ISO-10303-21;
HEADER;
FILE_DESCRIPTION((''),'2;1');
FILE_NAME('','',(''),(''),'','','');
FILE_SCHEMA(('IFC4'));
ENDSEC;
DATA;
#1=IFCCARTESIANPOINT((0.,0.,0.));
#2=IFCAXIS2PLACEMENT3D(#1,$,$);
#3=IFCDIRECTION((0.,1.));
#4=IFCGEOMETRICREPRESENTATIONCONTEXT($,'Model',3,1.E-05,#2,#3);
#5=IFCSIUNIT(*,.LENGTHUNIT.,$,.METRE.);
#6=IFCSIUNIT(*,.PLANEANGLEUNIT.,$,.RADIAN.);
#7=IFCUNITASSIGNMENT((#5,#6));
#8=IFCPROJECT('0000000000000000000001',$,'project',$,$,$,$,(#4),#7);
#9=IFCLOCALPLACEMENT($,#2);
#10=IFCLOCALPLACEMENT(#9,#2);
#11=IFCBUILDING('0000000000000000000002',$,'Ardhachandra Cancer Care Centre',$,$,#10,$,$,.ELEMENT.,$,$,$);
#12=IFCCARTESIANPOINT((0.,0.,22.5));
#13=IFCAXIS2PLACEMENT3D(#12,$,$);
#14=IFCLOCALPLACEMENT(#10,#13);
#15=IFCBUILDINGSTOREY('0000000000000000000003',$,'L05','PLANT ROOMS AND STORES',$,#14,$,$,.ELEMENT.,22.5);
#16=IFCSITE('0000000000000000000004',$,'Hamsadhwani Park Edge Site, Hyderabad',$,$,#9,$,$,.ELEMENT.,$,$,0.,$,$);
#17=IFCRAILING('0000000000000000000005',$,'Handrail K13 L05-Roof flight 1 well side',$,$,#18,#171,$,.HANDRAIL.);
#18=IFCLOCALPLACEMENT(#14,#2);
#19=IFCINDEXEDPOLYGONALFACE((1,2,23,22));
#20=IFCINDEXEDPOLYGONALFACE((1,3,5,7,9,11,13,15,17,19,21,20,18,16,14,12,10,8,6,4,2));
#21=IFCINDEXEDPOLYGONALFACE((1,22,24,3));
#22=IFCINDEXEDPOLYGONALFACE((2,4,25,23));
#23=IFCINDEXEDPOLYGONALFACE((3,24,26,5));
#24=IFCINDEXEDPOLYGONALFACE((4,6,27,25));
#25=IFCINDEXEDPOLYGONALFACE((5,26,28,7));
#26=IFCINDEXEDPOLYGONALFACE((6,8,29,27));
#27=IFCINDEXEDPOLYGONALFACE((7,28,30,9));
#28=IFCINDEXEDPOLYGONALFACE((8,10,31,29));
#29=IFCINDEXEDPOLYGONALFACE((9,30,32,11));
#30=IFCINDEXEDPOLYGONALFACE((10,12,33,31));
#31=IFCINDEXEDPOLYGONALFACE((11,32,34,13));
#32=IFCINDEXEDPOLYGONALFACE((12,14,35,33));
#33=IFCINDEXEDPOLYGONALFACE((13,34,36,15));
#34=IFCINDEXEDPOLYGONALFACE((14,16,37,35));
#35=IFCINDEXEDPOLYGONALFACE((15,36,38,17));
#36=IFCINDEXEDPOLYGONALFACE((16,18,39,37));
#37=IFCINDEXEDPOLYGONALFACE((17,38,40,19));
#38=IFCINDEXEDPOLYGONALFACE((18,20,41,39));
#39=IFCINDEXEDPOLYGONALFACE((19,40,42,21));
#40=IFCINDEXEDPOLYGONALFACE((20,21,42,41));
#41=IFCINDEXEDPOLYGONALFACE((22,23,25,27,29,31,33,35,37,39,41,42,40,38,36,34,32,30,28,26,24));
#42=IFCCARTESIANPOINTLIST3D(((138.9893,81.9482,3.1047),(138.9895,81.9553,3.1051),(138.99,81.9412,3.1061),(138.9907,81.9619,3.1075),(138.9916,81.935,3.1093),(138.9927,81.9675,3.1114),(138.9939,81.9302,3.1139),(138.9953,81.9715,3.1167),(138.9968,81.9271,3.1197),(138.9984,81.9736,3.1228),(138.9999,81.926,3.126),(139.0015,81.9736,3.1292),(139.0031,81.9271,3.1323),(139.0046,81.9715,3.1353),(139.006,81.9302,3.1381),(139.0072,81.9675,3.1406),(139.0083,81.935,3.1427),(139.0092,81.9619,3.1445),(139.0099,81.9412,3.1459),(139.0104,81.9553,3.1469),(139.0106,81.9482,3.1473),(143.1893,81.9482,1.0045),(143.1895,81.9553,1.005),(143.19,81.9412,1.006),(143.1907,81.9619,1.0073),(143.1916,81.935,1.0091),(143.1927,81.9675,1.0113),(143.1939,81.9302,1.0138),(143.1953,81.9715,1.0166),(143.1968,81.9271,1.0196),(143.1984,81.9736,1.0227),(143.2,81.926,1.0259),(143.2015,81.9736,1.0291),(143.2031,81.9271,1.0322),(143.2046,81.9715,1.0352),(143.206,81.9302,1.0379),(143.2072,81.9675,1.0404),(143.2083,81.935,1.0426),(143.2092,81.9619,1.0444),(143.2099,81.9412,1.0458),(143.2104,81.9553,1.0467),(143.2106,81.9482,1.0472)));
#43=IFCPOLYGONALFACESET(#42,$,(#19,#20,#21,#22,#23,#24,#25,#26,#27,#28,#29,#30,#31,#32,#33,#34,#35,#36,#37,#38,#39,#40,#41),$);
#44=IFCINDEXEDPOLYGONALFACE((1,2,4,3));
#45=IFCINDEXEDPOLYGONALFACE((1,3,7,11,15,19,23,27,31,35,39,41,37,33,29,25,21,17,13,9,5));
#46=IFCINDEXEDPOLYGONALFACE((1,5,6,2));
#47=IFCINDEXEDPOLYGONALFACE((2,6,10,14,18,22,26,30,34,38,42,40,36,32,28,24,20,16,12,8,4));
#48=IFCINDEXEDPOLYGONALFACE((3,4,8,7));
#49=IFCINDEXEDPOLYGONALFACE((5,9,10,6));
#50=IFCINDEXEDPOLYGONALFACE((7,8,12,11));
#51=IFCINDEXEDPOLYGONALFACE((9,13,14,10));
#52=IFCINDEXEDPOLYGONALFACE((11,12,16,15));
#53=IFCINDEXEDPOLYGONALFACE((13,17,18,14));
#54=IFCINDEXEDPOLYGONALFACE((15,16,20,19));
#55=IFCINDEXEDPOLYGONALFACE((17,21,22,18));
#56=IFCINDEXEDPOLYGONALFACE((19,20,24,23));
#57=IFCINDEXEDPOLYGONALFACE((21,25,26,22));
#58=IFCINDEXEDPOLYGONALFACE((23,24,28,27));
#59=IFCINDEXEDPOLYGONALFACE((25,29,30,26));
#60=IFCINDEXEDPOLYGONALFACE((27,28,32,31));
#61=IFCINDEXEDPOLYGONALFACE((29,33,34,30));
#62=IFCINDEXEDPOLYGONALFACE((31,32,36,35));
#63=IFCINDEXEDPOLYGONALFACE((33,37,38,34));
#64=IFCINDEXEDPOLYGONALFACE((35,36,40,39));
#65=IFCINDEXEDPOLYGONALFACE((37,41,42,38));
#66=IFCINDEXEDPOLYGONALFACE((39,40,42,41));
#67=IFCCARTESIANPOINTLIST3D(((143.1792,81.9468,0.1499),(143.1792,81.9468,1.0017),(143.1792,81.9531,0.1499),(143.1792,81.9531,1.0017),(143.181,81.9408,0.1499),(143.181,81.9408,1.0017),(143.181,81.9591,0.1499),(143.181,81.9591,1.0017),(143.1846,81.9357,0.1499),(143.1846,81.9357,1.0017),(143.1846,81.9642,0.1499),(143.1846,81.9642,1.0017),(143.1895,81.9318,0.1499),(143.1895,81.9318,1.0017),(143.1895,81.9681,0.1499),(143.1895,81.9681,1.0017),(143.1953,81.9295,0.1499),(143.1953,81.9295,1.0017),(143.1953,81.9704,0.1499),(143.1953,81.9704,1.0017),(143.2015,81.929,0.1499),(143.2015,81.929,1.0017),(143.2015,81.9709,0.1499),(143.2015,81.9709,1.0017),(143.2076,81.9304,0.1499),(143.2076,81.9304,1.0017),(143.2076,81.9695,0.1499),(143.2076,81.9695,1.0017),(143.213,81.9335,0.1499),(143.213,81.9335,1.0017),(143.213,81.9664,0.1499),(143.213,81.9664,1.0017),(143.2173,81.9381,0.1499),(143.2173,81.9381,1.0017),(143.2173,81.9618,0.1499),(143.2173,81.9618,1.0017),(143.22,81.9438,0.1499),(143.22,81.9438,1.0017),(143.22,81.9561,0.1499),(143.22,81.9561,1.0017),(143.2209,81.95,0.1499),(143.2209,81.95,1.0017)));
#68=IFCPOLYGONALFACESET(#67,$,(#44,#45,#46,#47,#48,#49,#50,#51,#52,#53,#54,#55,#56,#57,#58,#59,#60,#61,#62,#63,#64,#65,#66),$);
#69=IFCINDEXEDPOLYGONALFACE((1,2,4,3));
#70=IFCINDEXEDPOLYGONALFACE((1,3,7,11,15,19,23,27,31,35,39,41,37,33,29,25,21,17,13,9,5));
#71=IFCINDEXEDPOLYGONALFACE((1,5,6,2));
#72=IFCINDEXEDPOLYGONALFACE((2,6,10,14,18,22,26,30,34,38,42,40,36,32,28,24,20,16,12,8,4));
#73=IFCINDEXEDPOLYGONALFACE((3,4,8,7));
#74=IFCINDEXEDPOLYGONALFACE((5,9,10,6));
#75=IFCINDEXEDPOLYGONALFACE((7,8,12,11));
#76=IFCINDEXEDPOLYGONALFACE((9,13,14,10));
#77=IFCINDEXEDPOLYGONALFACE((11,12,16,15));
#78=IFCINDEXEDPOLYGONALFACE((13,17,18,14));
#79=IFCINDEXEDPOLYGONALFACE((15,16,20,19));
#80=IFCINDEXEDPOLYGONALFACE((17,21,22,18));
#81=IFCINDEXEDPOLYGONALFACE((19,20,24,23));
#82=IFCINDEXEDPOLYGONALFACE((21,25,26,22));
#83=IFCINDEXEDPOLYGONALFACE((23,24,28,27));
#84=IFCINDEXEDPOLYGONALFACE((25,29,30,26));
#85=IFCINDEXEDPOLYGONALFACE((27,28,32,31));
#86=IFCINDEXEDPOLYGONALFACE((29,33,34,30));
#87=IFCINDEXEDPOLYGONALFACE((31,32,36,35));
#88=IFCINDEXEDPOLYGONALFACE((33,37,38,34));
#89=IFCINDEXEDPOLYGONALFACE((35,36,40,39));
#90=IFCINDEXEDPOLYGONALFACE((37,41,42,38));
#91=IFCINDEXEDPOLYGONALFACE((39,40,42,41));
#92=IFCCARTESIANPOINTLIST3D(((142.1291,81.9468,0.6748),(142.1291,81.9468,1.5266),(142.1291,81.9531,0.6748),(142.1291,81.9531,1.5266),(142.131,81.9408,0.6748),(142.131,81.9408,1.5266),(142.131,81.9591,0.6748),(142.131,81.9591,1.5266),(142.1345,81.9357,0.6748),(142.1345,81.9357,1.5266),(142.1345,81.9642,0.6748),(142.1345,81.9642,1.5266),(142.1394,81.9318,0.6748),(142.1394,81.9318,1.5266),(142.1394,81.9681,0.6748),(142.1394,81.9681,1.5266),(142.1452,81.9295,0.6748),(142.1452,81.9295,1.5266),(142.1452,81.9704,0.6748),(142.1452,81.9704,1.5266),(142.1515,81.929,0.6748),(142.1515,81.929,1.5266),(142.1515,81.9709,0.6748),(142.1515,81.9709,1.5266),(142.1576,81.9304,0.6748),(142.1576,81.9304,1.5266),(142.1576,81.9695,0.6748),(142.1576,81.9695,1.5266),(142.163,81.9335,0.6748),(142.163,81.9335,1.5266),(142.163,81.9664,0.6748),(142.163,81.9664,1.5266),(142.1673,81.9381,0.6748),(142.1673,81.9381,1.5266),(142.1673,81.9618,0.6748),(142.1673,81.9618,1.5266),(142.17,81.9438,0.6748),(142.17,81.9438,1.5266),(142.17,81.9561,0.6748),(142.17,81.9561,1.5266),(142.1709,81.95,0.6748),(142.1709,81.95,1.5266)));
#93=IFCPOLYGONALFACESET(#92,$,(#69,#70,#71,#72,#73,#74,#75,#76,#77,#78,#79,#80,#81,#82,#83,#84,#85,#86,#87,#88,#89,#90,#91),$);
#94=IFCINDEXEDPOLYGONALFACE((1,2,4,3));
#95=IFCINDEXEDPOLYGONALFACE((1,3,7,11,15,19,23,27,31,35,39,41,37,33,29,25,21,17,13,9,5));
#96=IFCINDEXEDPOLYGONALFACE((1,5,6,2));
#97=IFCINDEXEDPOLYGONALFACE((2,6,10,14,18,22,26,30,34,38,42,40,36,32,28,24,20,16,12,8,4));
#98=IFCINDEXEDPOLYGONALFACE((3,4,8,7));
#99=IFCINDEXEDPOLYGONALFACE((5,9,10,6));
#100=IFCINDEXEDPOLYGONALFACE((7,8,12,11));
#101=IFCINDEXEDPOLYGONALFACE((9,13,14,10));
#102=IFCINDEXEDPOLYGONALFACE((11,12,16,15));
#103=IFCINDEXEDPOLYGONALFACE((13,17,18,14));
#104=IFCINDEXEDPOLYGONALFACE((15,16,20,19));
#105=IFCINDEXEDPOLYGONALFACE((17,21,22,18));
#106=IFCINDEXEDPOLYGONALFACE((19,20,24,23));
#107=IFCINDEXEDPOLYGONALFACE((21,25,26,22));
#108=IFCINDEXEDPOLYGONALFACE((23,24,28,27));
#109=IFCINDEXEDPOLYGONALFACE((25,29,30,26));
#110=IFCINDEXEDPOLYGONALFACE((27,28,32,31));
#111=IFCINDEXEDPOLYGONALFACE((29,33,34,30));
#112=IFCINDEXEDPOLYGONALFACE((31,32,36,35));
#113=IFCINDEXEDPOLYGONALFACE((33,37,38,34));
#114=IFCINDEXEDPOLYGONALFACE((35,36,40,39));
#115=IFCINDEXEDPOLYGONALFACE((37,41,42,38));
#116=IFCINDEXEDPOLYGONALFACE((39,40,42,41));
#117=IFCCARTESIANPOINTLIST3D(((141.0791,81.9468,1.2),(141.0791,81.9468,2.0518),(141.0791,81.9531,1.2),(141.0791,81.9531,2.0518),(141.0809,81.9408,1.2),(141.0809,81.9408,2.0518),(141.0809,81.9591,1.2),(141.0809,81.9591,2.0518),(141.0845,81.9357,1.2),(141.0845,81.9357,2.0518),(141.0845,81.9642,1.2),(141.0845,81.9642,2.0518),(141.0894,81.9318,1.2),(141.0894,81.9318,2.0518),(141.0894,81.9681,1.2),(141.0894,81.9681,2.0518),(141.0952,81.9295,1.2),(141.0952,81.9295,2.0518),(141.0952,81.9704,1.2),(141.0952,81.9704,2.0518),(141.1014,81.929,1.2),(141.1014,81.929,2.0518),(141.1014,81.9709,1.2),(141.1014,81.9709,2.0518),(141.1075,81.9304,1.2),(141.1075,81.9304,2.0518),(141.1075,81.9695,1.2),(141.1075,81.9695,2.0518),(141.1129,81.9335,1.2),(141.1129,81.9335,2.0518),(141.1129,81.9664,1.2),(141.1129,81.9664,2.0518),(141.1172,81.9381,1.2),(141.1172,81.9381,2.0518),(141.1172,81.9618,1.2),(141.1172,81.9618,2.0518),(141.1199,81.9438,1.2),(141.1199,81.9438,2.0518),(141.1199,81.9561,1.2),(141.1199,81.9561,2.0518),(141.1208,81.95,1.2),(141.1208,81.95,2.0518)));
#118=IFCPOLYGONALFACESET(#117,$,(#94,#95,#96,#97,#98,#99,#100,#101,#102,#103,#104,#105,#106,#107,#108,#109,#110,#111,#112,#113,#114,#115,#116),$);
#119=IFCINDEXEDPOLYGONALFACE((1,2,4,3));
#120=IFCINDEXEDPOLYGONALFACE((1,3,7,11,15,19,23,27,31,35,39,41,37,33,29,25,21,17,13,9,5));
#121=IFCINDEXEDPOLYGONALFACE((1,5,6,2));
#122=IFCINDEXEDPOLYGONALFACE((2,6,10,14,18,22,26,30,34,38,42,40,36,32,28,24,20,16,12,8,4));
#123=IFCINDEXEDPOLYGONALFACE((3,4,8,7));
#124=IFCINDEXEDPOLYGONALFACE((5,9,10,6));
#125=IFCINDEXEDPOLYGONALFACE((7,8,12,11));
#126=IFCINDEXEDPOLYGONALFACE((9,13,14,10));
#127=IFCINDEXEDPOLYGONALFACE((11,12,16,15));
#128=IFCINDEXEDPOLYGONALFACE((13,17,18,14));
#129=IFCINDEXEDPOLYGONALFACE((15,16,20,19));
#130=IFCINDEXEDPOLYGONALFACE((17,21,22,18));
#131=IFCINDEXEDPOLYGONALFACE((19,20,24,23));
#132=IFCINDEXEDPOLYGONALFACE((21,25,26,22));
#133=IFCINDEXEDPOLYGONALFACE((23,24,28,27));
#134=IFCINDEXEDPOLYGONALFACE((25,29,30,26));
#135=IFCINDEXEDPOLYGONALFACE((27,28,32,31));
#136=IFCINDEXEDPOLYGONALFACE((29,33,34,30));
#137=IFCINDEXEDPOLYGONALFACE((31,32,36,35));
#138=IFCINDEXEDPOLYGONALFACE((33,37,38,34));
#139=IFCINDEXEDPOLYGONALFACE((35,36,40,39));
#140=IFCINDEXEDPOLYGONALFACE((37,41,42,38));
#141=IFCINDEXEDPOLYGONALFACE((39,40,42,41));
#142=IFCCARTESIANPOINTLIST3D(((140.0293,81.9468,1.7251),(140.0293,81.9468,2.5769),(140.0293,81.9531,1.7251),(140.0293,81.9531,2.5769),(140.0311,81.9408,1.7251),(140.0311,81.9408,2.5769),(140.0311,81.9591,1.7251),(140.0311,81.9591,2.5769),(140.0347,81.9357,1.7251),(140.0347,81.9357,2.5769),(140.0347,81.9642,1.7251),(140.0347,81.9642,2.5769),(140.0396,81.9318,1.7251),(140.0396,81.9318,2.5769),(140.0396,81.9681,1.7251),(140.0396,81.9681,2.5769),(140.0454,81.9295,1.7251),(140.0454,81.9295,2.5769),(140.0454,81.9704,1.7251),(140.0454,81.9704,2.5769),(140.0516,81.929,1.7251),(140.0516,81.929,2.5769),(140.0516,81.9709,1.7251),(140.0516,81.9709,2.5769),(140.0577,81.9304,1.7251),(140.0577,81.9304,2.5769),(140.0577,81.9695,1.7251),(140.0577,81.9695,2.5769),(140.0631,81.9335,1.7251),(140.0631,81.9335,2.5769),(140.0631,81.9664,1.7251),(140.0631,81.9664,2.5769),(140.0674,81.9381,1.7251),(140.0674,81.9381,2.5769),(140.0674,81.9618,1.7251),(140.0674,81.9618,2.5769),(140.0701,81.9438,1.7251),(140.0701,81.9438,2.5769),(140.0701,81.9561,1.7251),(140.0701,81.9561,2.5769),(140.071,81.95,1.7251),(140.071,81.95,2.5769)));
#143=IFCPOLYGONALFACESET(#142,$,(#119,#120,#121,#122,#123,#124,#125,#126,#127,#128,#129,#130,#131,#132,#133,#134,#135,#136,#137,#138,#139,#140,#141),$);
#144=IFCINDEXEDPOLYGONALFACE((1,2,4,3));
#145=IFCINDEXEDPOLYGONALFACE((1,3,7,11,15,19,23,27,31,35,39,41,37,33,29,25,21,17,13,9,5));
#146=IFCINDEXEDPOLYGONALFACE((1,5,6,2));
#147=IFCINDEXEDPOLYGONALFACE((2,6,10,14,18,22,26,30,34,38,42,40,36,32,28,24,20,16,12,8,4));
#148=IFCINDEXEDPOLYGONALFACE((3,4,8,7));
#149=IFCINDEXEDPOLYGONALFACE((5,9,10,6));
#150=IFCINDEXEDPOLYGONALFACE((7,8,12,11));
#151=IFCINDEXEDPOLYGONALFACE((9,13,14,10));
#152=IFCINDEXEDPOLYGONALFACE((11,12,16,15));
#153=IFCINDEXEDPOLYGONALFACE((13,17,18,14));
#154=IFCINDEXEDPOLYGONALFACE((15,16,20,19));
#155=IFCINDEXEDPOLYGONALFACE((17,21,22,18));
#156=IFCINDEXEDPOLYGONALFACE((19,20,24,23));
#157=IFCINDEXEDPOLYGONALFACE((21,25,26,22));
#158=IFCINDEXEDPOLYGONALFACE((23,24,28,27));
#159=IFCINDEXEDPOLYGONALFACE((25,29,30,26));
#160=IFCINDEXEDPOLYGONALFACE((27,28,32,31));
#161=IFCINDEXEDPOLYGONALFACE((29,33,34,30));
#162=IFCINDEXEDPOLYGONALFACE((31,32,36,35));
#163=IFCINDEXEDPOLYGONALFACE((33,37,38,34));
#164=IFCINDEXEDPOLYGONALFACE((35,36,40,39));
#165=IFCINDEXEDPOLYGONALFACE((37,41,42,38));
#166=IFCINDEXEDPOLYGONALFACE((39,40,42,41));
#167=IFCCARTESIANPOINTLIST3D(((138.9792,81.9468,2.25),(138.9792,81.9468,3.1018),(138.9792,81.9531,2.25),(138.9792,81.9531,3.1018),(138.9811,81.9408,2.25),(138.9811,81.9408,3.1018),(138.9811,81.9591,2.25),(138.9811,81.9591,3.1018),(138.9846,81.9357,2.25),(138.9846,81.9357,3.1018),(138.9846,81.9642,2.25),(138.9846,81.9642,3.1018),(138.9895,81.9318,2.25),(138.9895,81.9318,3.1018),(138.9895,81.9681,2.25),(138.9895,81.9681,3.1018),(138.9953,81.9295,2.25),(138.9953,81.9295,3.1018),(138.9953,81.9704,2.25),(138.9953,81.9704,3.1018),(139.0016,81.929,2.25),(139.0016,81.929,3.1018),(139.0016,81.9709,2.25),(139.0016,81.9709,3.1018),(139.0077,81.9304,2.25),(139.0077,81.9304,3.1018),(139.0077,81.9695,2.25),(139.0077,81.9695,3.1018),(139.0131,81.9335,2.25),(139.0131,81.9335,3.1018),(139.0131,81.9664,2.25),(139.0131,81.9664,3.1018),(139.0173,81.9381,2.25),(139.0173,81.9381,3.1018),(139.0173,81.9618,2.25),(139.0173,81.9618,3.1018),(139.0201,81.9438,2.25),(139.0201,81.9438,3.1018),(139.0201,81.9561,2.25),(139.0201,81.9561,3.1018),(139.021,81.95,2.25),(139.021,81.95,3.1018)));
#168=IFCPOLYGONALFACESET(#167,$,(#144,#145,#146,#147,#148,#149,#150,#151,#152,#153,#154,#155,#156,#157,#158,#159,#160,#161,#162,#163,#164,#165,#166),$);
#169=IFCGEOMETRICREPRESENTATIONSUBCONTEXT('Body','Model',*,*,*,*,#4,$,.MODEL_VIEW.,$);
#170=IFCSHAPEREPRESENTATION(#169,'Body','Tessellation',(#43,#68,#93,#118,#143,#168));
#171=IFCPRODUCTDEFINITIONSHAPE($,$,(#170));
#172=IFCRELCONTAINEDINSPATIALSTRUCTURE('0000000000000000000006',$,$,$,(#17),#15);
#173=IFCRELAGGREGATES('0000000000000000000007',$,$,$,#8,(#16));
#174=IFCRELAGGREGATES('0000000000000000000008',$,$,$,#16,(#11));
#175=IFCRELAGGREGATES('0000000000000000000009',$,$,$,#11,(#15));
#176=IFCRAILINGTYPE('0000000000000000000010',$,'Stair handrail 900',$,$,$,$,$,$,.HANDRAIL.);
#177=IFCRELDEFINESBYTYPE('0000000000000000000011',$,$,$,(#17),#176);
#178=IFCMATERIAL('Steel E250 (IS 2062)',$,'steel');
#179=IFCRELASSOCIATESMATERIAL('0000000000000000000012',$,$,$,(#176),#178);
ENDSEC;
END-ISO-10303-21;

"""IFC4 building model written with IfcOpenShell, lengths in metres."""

from ifc_helpers import new_model, si_unit, direction, frame, origin, origin_2d, place, context, subcontext, project, spatial, circle, extrude, material, type_object, element, save


model = new_model("IFC4")

# Units and contexts
model_context = context("Model", 3, precision=1e-05, world=origin(), true_north=direction((0.0, 1.0)))
body_context = subcontext(model_context, "Body", "Model", "MODEL_VIEW")
ifc_project = project(units=[si_unit("LENGTHUNIT", "METRE"), si_unit("PLANEANGLEUNIT", "RADIAN")], contexts=[model_context])

# Site, building, storey
site_placement = place(None, origin())
site = spatial("IfcSite", under=ifc_project, at=site_placement, Name="Hamsadhwani Park Edge Site, Hyderabad", CompositionType="ELEMENT", RefElevation=0.0)
building_placement = place(site_placement, origin())
building = spatial("IfcBuilding", under=site, at=building_placement, Name="Ardhachandra Cancer Care Centre", CompositionType="ELEMENT")
storey_placement = place(building_placement, frame((0.0, 0.0, 22.5)))
storey = spatial("IfcBuildingStorey", under=building, at=storey_placement, Name="L05", Description="PLANT ROOMS AND STORES", CompositionType="ELEMENT", Elevation=22.5)

# Railing
ifc_material_1 = material(Name="Steel E250 (IS 2062)", Category="steel")
railing_type_1 = type_object("IfcRailingType", Name="Stair handrail 900", PredefinedType="HANDRAIL", material=ifc_material_1)
for number, where, name in (
    (1, (143.2, 81.95, 0.1499), "Handrail K13 L05-Roof flight 1 well side"),
):
    element("IfcRailing", number, at=place(storey_placement, frame(where)), inside=storey, type_object=railing_type_1, Name=name, PredefinedType="HANDRAIL", context=body_context, shape_type="SweptSolid", body=[
        extrude(circle(Radius=0.0239, at=origin_2d()), frame((0.0, 0.0, 0.876), z_axis=(-0.894417, 0.0, 0.447234), x_axis=(0.0, -1.0, 0.0)), (0.0, 0.0, 1.0), 4.6958),
        extrude(circle(Radius=0.021, at=origin_2d()), origin(), (0.0, 0.0, 1.0), 0.8518),
        extrude(circle(Radius=0.021, at=origin_2d()), frame((-1.05, 0.0, 0.5249)), (0.0, 0.0, 1.0), 0.8518),
        extrude(circle(Radius=0.021, at=origin_2d()), frame((-2.1001, 0.0, 1.05)), (0.0, 0.0, 1.0), 0.8518),
        extrude(circle(Radius=0.021, at=origin_2d()), frame((-3.1499, 0.0, 1.5752)), (0.0, 0.0, 1.0), 0.8518),
        extrude(circle(Radius=0.021, at=origin_2d()), frame((-4.2, 0.0, 2.1001)), (0.0, 0.0, 1.0), 0.8518),
    ])

save(model, "model.ifc")
